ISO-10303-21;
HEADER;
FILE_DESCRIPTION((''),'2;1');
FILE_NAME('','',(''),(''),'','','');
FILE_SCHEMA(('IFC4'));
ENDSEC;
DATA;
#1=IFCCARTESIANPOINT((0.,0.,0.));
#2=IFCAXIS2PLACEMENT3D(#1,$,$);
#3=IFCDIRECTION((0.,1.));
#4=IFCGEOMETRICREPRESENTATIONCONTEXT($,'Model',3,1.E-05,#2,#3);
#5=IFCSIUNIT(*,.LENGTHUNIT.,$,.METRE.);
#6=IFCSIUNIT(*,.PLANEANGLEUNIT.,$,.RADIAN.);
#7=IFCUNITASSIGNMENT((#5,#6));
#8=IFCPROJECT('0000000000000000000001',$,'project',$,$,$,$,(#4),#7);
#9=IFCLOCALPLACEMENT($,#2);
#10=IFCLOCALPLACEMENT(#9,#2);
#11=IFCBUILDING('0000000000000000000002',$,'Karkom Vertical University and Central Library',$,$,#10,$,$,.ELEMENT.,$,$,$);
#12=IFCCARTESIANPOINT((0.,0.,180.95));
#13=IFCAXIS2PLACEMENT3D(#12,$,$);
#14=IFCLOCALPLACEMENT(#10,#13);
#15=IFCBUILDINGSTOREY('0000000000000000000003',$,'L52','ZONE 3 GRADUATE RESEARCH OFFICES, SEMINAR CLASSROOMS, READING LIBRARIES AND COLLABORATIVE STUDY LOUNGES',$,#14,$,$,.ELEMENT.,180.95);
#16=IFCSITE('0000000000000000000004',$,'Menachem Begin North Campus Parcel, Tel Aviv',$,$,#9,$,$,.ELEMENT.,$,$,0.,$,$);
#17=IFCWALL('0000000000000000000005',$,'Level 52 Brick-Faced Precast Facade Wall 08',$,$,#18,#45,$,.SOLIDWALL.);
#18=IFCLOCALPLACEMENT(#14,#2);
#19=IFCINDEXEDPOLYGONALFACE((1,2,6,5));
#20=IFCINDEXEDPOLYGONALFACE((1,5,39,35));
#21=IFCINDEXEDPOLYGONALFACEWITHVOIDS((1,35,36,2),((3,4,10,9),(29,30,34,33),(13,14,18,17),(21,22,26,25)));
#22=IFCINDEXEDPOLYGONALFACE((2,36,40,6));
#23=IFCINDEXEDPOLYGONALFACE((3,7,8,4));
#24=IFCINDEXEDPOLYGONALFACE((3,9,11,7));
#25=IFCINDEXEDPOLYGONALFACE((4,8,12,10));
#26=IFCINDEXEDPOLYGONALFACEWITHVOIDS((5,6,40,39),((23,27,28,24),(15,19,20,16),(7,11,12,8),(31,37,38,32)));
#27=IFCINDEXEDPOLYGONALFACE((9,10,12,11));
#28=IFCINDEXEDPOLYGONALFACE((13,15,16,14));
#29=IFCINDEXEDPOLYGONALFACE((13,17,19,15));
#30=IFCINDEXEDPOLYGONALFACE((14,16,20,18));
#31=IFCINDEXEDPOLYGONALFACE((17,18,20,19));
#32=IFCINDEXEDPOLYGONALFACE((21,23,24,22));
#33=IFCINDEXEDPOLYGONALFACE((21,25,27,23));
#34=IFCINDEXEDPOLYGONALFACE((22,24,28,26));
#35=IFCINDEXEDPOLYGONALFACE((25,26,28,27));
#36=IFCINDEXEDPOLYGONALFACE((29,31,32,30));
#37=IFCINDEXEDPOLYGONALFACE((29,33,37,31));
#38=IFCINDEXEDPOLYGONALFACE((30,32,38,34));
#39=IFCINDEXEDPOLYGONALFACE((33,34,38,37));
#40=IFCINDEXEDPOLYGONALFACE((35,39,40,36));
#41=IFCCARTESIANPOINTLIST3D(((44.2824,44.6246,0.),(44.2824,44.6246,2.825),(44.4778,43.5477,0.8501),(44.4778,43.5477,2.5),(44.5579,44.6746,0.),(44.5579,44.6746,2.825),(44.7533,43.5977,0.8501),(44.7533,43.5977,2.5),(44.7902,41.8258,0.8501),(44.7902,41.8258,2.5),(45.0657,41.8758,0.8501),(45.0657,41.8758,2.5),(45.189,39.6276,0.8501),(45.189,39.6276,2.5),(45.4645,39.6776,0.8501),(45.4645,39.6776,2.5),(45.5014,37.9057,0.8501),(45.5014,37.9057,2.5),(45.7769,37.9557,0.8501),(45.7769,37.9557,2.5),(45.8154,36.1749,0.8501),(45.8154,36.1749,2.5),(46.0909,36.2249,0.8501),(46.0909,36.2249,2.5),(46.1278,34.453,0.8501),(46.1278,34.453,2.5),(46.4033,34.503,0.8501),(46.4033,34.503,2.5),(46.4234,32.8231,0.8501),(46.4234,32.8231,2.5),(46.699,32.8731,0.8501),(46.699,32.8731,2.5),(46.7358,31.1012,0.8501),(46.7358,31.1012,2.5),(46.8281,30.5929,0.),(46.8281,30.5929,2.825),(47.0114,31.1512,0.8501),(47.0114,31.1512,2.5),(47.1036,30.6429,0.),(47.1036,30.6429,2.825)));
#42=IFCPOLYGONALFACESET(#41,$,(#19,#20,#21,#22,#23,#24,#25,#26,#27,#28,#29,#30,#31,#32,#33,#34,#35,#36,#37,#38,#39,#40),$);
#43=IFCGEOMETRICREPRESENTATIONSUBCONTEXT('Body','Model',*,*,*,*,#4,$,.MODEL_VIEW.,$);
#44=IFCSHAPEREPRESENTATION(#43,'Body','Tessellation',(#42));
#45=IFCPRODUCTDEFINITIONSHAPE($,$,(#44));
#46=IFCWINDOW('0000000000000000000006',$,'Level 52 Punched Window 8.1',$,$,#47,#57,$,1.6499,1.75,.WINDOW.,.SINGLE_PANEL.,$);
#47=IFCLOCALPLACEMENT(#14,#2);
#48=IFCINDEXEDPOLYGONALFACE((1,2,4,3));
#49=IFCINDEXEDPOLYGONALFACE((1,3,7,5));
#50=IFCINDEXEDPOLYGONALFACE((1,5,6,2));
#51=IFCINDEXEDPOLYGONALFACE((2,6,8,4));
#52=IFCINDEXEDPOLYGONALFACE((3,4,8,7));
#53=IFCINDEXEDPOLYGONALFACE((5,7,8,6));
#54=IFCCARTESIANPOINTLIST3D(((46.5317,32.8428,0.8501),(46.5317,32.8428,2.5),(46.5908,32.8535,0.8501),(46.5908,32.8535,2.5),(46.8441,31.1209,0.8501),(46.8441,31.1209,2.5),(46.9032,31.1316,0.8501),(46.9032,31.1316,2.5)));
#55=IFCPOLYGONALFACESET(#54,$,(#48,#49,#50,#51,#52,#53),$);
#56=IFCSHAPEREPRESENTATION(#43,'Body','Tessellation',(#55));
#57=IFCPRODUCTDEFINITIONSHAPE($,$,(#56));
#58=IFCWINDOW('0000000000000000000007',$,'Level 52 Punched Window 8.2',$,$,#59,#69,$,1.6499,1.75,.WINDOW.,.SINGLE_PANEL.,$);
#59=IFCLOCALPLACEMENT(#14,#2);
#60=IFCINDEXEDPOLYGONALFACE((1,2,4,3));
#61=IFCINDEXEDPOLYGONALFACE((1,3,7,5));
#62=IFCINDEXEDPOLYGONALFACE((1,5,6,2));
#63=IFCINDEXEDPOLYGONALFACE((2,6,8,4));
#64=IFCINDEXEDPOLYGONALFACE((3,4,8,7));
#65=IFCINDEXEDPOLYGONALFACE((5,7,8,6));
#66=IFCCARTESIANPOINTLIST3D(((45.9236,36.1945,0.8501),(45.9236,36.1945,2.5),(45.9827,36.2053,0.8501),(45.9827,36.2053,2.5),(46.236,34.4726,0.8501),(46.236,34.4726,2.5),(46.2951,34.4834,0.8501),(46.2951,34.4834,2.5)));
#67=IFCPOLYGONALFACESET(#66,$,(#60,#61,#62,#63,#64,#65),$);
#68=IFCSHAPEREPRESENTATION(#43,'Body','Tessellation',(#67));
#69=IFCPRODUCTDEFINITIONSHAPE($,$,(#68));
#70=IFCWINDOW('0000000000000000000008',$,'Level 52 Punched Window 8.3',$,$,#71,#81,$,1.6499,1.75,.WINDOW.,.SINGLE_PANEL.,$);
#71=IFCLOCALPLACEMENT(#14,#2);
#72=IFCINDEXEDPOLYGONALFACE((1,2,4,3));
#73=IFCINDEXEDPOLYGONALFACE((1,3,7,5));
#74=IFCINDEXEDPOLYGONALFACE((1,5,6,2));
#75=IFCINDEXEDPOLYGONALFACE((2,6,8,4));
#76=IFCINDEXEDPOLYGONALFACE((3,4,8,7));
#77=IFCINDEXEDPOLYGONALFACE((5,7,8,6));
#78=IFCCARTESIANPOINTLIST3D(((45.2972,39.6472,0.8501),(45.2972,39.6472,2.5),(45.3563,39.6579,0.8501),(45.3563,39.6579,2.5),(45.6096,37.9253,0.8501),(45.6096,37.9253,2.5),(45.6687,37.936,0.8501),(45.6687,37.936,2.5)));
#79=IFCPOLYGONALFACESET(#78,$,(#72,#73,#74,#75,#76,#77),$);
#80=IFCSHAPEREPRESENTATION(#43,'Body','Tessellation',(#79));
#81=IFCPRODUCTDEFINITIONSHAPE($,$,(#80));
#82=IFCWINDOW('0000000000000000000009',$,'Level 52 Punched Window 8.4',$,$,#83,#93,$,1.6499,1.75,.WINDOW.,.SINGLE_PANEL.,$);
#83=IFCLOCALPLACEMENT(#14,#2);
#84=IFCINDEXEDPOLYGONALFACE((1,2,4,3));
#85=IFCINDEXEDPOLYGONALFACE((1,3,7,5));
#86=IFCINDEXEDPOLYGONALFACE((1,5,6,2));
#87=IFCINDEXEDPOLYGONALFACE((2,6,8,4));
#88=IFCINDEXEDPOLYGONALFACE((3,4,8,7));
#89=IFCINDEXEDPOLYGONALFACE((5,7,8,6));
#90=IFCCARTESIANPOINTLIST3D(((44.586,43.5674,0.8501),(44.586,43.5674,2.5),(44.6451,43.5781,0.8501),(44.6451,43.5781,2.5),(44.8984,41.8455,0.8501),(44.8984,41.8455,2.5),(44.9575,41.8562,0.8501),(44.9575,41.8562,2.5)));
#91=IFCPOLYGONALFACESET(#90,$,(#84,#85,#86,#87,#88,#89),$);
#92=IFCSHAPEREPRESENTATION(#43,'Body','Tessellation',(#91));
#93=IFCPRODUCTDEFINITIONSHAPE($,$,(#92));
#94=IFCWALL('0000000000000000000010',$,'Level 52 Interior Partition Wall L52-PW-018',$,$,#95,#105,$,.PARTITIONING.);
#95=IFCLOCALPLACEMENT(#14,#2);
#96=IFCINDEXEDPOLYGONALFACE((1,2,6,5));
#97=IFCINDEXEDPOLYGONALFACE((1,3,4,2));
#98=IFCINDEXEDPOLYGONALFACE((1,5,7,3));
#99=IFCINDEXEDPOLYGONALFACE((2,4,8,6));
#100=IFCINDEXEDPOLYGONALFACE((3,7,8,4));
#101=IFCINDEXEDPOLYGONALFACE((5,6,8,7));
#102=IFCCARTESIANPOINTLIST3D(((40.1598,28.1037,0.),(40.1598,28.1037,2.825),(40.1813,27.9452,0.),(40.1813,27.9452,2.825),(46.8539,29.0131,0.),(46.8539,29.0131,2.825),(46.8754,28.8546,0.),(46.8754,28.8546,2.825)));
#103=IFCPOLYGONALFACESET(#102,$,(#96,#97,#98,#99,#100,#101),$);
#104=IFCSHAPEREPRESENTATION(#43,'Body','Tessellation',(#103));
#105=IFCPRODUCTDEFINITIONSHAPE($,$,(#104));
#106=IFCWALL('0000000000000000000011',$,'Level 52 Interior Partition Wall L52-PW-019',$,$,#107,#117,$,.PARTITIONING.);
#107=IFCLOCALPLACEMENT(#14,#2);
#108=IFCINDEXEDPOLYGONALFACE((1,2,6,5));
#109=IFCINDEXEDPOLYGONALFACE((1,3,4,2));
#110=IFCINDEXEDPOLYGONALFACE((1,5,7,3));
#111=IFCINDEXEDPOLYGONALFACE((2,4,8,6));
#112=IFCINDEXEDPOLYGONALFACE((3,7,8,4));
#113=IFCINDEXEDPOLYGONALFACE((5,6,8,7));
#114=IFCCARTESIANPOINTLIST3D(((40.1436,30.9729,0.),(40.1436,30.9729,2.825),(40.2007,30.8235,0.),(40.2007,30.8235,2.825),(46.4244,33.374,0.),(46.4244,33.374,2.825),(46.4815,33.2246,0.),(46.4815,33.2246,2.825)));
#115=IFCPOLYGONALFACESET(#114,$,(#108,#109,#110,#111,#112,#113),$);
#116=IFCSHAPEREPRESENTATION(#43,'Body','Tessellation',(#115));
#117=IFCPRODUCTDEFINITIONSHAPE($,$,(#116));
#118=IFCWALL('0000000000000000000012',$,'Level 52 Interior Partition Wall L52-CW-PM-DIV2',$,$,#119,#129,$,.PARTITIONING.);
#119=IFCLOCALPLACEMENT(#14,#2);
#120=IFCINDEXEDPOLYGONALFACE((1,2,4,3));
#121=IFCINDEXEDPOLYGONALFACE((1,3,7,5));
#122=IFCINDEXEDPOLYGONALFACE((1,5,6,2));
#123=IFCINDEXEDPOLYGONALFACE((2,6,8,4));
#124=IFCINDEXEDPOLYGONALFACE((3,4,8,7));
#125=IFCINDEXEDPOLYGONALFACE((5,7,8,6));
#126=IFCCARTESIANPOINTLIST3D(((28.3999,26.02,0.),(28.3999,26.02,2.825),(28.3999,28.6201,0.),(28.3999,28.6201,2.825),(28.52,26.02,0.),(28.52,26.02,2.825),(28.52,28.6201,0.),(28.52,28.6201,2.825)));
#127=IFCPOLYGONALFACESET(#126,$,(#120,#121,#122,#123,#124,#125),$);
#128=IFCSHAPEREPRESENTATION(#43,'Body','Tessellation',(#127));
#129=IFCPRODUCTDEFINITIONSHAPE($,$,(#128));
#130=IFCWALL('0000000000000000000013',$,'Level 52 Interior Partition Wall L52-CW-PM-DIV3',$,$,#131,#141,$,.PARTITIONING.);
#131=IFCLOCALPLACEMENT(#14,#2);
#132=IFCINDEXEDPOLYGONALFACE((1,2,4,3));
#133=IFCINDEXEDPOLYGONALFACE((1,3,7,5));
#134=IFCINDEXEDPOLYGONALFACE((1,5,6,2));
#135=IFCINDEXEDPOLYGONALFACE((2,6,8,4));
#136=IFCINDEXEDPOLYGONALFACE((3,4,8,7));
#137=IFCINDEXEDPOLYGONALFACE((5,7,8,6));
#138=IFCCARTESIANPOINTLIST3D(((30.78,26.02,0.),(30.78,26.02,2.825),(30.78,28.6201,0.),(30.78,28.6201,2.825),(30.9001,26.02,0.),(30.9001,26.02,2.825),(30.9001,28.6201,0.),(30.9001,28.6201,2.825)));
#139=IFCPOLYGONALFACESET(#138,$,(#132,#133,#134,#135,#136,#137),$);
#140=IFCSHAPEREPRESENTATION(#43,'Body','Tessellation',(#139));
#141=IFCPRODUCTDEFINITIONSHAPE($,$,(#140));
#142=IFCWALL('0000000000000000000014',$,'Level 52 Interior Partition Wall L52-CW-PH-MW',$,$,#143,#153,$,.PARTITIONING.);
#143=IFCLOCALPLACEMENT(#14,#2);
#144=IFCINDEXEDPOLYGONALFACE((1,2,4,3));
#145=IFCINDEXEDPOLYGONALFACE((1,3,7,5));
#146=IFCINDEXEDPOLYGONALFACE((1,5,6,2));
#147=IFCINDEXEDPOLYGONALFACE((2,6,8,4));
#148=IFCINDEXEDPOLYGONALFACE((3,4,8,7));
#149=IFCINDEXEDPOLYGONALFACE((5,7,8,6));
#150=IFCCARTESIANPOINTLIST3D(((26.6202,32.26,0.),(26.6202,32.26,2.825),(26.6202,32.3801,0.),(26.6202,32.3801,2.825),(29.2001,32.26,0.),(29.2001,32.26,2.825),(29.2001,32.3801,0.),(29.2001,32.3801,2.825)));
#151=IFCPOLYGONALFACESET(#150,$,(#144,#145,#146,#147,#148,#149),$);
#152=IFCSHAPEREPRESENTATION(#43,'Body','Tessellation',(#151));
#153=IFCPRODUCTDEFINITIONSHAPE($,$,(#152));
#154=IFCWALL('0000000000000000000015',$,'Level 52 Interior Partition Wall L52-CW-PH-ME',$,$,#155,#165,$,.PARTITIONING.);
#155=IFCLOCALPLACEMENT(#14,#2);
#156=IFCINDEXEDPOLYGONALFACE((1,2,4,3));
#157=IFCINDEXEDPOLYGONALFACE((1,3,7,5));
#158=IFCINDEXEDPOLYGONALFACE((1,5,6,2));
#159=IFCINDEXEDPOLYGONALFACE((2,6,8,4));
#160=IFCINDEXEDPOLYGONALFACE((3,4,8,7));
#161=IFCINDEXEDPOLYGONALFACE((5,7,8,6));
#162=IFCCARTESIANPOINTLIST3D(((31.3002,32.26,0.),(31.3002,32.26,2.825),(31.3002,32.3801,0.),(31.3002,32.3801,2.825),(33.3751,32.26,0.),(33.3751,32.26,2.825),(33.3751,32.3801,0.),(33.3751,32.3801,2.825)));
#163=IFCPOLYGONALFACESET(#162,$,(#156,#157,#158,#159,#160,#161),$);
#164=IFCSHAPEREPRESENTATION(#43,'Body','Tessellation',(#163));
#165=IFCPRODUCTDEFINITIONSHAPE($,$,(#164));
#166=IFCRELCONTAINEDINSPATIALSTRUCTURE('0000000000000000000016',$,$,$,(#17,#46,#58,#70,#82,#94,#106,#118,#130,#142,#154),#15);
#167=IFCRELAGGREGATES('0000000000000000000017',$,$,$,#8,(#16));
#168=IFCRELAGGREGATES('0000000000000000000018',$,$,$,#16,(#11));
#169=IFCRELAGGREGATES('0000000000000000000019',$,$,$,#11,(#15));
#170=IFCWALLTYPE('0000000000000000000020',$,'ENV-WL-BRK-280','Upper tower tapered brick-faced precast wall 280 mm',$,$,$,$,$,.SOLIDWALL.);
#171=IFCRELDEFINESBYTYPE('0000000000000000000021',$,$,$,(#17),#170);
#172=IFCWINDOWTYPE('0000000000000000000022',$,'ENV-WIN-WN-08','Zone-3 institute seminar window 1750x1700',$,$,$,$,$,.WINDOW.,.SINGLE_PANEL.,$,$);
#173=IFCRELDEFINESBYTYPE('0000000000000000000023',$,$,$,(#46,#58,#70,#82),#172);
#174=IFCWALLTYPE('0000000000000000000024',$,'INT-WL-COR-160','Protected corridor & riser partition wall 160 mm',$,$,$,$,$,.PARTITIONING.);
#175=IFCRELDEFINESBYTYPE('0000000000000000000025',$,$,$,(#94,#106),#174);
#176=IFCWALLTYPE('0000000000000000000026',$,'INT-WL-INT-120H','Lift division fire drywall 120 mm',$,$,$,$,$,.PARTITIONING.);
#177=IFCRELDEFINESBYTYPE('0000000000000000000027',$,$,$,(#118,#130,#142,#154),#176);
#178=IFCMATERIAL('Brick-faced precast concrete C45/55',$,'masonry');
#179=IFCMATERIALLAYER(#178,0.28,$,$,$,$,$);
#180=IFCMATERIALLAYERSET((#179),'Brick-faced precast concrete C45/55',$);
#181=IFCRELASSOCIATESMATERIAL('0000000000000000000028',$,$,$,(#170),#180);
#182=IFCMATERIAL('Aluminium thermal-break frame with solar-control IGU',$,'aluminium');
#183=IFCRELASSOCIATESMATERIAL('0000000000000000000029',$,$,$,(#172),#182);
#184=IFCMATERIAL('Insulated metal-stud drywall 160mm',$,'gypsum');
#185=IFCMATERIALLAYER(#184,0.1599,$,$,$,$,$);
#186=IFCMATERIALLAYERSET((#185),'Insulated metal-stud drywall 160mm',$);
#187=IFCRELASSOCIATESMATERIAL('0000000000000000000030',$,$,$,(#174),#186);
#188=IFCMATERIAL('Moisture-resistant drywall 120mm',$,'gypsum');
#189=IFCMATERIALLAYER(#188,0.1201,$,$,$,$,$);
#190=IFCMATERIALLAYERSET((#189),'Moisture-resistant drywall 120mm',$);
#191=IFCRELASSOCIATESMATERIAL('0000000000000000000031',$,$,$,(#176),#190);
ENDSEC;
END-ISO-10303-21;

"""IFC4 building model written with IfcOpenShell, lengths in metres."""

from ifc_helpers import new_model, si_unit, direction, frame, frame_2d, origin, origin_with_axes, place, context, subcontext, project, spatial, rectangle, extrude, source, transform, mapped, material, layer, layer_set, type_object, element, fill, save


model = new_model("IFC4")

# Units and contexts
model_context = context("Model", 3, precision=1e-05, world=origin(), true_north=direction((0.0, 1.0)))
body_context = subcontext(model_context, "Body", "Model", "MODEL_VIEW")
ifc_project = project(units=[si_unit("LENGTHUNIT", "METRE"), si_unit("PLANEANGLEUNIT", "RADIAN")], contexts=[model_context])

# Site, building, storey
site_placement = place(None, origin())
site = spatial("IfcSite", under=ifc_project, at=site_placement, Name="Menachem Begin North Campus Parcel, Tel Aviv", CompositionType="ELEMENT", RefElevation=0.0)
building_placement = place(site_placement, origin())
building = spatial("IfcBuilding", under=site, at=building_placement, Name="Karkom Vertical University and Central Library", CompositionType="ELEMENT")
storey_placement = place(building_placement, frame((0.0, 0.0, 180.95)))
storey = spatial("IfcBuildingStorey", under=building, at=storey_placement, Name="L52", Description="ZONE 3 GRADUATE RESEARCH OFFICES, SEMINAR CLASSROOMS, READING LIBRARIES AND COLLABORATIVE STUDY LOUNGES", CompositionType="ELEMENT", Elevation=180.95)

# Wall, openings, windows
ifc_material_1 = material(Name="Brick-faced precast concrete C45/55", Category="masonry")
ifc_layer_1 = layer(ifc_material_1, 0.28)
ifc_layer_set_1 = layer_set([ifc_layer_1], Name="Brick-faced precast concrete C45/55")
wall_type_1 = type_object("IfcWallType", Name="ENV-WL-BRK-280", Description="Upper tower tapered brick-faced precast wall 280 mm", PredefinedType="SOLIDWALL", material=ifc_layer_set_1)
wall_1_placement = place(storey_placement, frame((46.9658, 30.6179, 0.0), z_axis=(0.0, 0.0, 1.0), x_axis=(-0.178507, 0.983939, 0.0)))
wall_1 = element("IfcWall", 1, at=wall_1_placement, inside=storey, type_object=wall_type_1, Name="Level 52 Brick-Faced Precast Facade Wall 08", PredefinedType="SOLIDWALL", context=body_context, shape_type="SweptSolid", body=[
    extrude(rectangle(XDim=14.2607, YDim=0.28, at=frame_2d((7.1304, 0.0))), origin(), (0.0, 0.0, 1.0), 2.825),
])
opening_1_placement = place(wall_1_placement, frame((0.5166, 0.0, 0.8501)))
opening_1 = element("IfcOpeningElement", 2, at=opening_1_placement, cuts=wall_1, PredefinedType="OPENING", context=body_context, shape_type="SweptSolid", body=[
    extrude(rectangle(XDim=1.75, YDim=1.6499, at=frame_2d((0.875, 0.825))), frame((0.0, 0.1499, 0.0), z_axis=(0.0, -1.0, 0.0), x_axis=(1.0, 0.0, 0.0)), (0.0, 0.0, 1.0), 0.3),
])
opening_2_placement = place(wall_1_placement, frame((3.9231, 0.0, 0.8501)))
opening_2 = element("IfcOpeningElement", 3, at=opening_2_placement, cuts=wall_1, PredefinedType="OPENING", context=body_context, shape_type="SweptSolid", body=[
    extrude(rectangle(XDim=1.75, YDim=1.6499, at=frame_2d((0.875, 0.825))), frame((0.0, 0.1499, 0.0), z_axis=(0.0, -1.0, 0.0), x_axis=(1.0, 0.0, 0.0)), (0.0, 0.0, 1.0), 0.3),
])
opening_3_placement = place(wall_1_placement, frame((7.4321, 0.0, 0.8501)))
opening_3 = element("IfcOpeningElement", 4, at=opening_3_placement, cuts=wall_1, PredefinedType="OPENING", context=body_context, shape_type="SweptSolid", body=[
    extrude(rectangle(XDim=1.75, YDim=1.6499, at=frame_2d((0.875, 0.825))), frame((0.0, 0.1499, 0.0), z_axis=(0.0, -1.0, 0.0), x_axis=(1.0, 0.0, 0.0)), (0.0, 0.0, 1.0), 0.3),
])
opening_4_placement = place(wall_1_placement, frame((11.4163, 0.0, 0.8501)))
opening_4 = element("IfcOpeningElement", 5, at=opening_4_placement, cuts=wall_1, PredefinedType="OPENING", context=body_context, shape_type="SweptSolid", body=[
    extrude(rectangle(XDim=1.75, YDim=1.6499, at=frame_2d((0.875, 0.825))), frame((0.0, 0.1499, 0.0), z_axis=(0.0, -1.0, 0.0), x_axis=(1.0, 0.0, 0.0)), (0.0, 0.0, 1.0), 0.3),
])
ifc_material_2 = material(Name="Aluminium thermal-break frame with solar-control IGU", Category="aluminium")
window_type = type_object("IfcWindowType", Name="ENV-WIN-WN-08", Description="Zone-3 institute seminar window 1750x1700", PartitioningType="SINGLE_PANEL", PredefinedType="WINDOW", material=ifc_material_2)
shared_shape_1 = source(origin_with_axes(), body_context, "Body", "SweptSolid", [
    extrude(rectangle(XDim=1.75, YDim=1.6499, at=frame_2d((0.875, 0.825))), frame((0.0, 0.03, 0.0), z_axis=(0.0, -1.0, 0.0), x_axis=(1.0, 0.0, 0.0)), (0.0, 0.0, 1.0), 0.0601),
])
window_1_placement = place(opening_1_placement, origin())
window_1 = element("IfcWindow", 6, at=window_1_placement, inside=storey, type_object=window_type, Name="Level 52 Punched Window 8.1", OverallHeight=1.6499, OverallWidth=1.75, PartitioningType="SINGLE_PANEL", PredefinedType="WINDOW", context=body_context, shape_type="MappedRepresentation", body=[
    mapped(shared_shape_1, transform((0.0, 0.0, 0.0), scale=1.0)),
])
fill(opening_1, window_1)
window_2_placement = place(opening_2_placement, origin())
window_2 = element("IfcWindow", 7, at=window_2_placement, inside=storey, type_object=window_type, Name="Level 52 Punched Window 8.2", OverallHeight=1.6499, OverallWidth=1.75, PartitioningType="SINGLE_PANEL", PredefinedType="WINDOW", context=body_context, shape_type="MappedRepresentation", body=[
    mapped(shared_shape_1, transform((0.0, 0.0, 0.0), scale=1.0)),
])
fill(opening_2, window_2)
window_3_placement = place(opening_3_placement, origin())
window_3 = element("IfcWindow", 8, at=window_3_placement, inside=storey, type_object=window_type, Name="Level 52 Punched Window 8.3", OverallHeight=1.6499, OverallWidth=1.75, PartitioningType="SINGLE_PANEL", PredefinedType="WINDOW", context=body_context, shape_type="MappedRepresentation", body=[
    mapped(shared_shape_1, transform((0.0, 0.0, 0.0), scale=1.0)),
])
fill(opening_3, window_3)
window_4_placement = place(opening_4_placement, origin())
window_4 = element("IfcWindow", 9, at=window_4_placement, inside=storey, type_object=window_type, Name="Level 52 Punched Window 8.4", OverallHeight=1.6499, OverallWidth=1.75, PartitioningType="SINGLE_PANEL", PredefinedType="WINDOW", context=body_context, shape_type="MappedRepresentation", body=[
    mapped(shared_shape_1, transform((0.0, 0.0, 0.0), scale=1.0)),
])
fill(opening_4, window_4)

# Walls
ifc_material_3 = material(Name="Insulated metal-stud drywall 160mm", Category="gypsum")
ifc_layer_2 = layer(ifc_material_3, 0.1599)
ifc_layer_set_2 = layer_set([ifc_layer_2], Name="Insulated metal-stud drywall 160mm")
wall_type_2 = type_object("IfcWallType", Name="INT-WL-COR-160", Description="Protected corridor & riser partition wall 160 mm", PredefinedType="PARTITIONING", material=ifc_layer_set_2)
wall_2_placement = place(storey_placement, frame((40.1704, 28.0244, 0.0), z_axis=(0.0, 0.0, 1.0), x_axis=(0.990898, 0.134618, 0.0)))
element("IfcWall", 10, at=wall_2_placement, inside=storey, type_object=wall_type_2, Name="Level 52 Interior Partition Wall L52-PW-018", PredefinedType="PARTITIONING", context=body_context, shape_type="SweptSolid", body=[
    extrude(rectangle(XDim=6.7556, YDim=0.1599, at=frame_2d((3.3779, 0.0))), origin(), (0.0, 0.0, 1.0), 2.825),
])
wall_3_placement = place(storey_placement, frame((40.1721, 30.8982, 0.0), z_axis=(0.0, 0.0, 1.0), x_axis=(0.934069, 0.357093, 0.0)))
element("IfcWall", 11, at=wall_3_placement, inside=storey, type_object=wall_type_2, Name="Level 52 Interior Partition Wall L52-PW-019", PredefinedType="PARTITIONING", context=body_context, shape_type="SweptSolid", body=[
    extrude(rectangle(XDim=6.7241, YDim=0.1599, at=frame_2d((3.3621, 0.0))), origin(), (0.0, 0.0, 1.0), 2.825),
])
ifc_material_4 = material(Name="Moisture-resistant drywall 120mm", Category="gypsum")
ifc_layer_3 = layer(ifc_material_4, 0.1201)
ifc_layer_set_3 = layer_set([ifc_layer_3], Name="Moisture-resistant drywall 120mm")
wall_type_3 = type_object("IfcWallType", Name="INT-WL-INT-120H", Description="Lift division fire drywall 120 mm", PredefinedType="PARTITIONING", material=ifc_layer_set_3)
for number, where, z_axis, x_axis, name in (
    (12, (28.46, 26.02, 0.0), (0.0, 0.0, 1.0), (0.0, 1.0, 0.0), "Level 52 Interior Partition Wall L52-CW-PM-DIV2"),
    (13, (30.8401, 26.02, 0.0), (0.0, 0.0, 1.0), (0.0, 1.0, 0.0), "Level 52 Interior Partition Wall L52-CW-PM-DIV3"),
):
    element("IfcWall", number, at=place(storey_placement, frame(where, z_axis=z_axis, x_axis=x_axis)), inside=storey, type_object=wall_type_3, Name=name, PredefinedType="PARTITIONING", context=body_context, shape_type="SweptSolid", body=[
        extrude(rectangle(XDim=2.6001, YDim=0.1201, at=frame_2d((1.3, 0.0))), origin(), (0.0, 0.0, 1.0), 2.825),
    ])
wall_4_placement = place(storey_placement, frame((26.6201, 32.3201, 0.0), z_axis=(0.0, 0.0, 1.0), x_axis=(1.0, 0.0, 0.0)))
element("IfcWall", 14, at=wall_4_placement, inside=storey, type_object=wall_type_3, Name="Level 52 Interior Partition Wall L52-CW-PH-MW", PredefinedType="PARTITIONING", context=body_context, shape_type="SweptSolid", body=[
    extrude(rectangle(XDim=2.5798, YDim=0.1201, at=frame_2d((1.29, 0.0))), origin(), (0.0, 0.0, 1.0), 2.825),
])
wall_5_placement = place(storey_placement, frame((31.3, 32.3201, 0.0), z_axis=(0.0, 0.0, 1.0), x_axis=(1.0, 0.0, 0.0)))
element("IfcWall", 15, at=wall_5_placement, inside=storey, type_object=wall_type_3, Name="Level 52 Interior Partition Wall L52-CW-PH-ME", PredefinedType="PARTITIONING", context=body_context, shape_type="SweptSolid", body=[
    extrude(rectangle(XDim=2.075, YDim=0.1201, at=frame_2d((1.0376, 0.0))), origin(), (0.0, 0.0, 1.0), 2.825),
])

save(model, "model.ifc")
